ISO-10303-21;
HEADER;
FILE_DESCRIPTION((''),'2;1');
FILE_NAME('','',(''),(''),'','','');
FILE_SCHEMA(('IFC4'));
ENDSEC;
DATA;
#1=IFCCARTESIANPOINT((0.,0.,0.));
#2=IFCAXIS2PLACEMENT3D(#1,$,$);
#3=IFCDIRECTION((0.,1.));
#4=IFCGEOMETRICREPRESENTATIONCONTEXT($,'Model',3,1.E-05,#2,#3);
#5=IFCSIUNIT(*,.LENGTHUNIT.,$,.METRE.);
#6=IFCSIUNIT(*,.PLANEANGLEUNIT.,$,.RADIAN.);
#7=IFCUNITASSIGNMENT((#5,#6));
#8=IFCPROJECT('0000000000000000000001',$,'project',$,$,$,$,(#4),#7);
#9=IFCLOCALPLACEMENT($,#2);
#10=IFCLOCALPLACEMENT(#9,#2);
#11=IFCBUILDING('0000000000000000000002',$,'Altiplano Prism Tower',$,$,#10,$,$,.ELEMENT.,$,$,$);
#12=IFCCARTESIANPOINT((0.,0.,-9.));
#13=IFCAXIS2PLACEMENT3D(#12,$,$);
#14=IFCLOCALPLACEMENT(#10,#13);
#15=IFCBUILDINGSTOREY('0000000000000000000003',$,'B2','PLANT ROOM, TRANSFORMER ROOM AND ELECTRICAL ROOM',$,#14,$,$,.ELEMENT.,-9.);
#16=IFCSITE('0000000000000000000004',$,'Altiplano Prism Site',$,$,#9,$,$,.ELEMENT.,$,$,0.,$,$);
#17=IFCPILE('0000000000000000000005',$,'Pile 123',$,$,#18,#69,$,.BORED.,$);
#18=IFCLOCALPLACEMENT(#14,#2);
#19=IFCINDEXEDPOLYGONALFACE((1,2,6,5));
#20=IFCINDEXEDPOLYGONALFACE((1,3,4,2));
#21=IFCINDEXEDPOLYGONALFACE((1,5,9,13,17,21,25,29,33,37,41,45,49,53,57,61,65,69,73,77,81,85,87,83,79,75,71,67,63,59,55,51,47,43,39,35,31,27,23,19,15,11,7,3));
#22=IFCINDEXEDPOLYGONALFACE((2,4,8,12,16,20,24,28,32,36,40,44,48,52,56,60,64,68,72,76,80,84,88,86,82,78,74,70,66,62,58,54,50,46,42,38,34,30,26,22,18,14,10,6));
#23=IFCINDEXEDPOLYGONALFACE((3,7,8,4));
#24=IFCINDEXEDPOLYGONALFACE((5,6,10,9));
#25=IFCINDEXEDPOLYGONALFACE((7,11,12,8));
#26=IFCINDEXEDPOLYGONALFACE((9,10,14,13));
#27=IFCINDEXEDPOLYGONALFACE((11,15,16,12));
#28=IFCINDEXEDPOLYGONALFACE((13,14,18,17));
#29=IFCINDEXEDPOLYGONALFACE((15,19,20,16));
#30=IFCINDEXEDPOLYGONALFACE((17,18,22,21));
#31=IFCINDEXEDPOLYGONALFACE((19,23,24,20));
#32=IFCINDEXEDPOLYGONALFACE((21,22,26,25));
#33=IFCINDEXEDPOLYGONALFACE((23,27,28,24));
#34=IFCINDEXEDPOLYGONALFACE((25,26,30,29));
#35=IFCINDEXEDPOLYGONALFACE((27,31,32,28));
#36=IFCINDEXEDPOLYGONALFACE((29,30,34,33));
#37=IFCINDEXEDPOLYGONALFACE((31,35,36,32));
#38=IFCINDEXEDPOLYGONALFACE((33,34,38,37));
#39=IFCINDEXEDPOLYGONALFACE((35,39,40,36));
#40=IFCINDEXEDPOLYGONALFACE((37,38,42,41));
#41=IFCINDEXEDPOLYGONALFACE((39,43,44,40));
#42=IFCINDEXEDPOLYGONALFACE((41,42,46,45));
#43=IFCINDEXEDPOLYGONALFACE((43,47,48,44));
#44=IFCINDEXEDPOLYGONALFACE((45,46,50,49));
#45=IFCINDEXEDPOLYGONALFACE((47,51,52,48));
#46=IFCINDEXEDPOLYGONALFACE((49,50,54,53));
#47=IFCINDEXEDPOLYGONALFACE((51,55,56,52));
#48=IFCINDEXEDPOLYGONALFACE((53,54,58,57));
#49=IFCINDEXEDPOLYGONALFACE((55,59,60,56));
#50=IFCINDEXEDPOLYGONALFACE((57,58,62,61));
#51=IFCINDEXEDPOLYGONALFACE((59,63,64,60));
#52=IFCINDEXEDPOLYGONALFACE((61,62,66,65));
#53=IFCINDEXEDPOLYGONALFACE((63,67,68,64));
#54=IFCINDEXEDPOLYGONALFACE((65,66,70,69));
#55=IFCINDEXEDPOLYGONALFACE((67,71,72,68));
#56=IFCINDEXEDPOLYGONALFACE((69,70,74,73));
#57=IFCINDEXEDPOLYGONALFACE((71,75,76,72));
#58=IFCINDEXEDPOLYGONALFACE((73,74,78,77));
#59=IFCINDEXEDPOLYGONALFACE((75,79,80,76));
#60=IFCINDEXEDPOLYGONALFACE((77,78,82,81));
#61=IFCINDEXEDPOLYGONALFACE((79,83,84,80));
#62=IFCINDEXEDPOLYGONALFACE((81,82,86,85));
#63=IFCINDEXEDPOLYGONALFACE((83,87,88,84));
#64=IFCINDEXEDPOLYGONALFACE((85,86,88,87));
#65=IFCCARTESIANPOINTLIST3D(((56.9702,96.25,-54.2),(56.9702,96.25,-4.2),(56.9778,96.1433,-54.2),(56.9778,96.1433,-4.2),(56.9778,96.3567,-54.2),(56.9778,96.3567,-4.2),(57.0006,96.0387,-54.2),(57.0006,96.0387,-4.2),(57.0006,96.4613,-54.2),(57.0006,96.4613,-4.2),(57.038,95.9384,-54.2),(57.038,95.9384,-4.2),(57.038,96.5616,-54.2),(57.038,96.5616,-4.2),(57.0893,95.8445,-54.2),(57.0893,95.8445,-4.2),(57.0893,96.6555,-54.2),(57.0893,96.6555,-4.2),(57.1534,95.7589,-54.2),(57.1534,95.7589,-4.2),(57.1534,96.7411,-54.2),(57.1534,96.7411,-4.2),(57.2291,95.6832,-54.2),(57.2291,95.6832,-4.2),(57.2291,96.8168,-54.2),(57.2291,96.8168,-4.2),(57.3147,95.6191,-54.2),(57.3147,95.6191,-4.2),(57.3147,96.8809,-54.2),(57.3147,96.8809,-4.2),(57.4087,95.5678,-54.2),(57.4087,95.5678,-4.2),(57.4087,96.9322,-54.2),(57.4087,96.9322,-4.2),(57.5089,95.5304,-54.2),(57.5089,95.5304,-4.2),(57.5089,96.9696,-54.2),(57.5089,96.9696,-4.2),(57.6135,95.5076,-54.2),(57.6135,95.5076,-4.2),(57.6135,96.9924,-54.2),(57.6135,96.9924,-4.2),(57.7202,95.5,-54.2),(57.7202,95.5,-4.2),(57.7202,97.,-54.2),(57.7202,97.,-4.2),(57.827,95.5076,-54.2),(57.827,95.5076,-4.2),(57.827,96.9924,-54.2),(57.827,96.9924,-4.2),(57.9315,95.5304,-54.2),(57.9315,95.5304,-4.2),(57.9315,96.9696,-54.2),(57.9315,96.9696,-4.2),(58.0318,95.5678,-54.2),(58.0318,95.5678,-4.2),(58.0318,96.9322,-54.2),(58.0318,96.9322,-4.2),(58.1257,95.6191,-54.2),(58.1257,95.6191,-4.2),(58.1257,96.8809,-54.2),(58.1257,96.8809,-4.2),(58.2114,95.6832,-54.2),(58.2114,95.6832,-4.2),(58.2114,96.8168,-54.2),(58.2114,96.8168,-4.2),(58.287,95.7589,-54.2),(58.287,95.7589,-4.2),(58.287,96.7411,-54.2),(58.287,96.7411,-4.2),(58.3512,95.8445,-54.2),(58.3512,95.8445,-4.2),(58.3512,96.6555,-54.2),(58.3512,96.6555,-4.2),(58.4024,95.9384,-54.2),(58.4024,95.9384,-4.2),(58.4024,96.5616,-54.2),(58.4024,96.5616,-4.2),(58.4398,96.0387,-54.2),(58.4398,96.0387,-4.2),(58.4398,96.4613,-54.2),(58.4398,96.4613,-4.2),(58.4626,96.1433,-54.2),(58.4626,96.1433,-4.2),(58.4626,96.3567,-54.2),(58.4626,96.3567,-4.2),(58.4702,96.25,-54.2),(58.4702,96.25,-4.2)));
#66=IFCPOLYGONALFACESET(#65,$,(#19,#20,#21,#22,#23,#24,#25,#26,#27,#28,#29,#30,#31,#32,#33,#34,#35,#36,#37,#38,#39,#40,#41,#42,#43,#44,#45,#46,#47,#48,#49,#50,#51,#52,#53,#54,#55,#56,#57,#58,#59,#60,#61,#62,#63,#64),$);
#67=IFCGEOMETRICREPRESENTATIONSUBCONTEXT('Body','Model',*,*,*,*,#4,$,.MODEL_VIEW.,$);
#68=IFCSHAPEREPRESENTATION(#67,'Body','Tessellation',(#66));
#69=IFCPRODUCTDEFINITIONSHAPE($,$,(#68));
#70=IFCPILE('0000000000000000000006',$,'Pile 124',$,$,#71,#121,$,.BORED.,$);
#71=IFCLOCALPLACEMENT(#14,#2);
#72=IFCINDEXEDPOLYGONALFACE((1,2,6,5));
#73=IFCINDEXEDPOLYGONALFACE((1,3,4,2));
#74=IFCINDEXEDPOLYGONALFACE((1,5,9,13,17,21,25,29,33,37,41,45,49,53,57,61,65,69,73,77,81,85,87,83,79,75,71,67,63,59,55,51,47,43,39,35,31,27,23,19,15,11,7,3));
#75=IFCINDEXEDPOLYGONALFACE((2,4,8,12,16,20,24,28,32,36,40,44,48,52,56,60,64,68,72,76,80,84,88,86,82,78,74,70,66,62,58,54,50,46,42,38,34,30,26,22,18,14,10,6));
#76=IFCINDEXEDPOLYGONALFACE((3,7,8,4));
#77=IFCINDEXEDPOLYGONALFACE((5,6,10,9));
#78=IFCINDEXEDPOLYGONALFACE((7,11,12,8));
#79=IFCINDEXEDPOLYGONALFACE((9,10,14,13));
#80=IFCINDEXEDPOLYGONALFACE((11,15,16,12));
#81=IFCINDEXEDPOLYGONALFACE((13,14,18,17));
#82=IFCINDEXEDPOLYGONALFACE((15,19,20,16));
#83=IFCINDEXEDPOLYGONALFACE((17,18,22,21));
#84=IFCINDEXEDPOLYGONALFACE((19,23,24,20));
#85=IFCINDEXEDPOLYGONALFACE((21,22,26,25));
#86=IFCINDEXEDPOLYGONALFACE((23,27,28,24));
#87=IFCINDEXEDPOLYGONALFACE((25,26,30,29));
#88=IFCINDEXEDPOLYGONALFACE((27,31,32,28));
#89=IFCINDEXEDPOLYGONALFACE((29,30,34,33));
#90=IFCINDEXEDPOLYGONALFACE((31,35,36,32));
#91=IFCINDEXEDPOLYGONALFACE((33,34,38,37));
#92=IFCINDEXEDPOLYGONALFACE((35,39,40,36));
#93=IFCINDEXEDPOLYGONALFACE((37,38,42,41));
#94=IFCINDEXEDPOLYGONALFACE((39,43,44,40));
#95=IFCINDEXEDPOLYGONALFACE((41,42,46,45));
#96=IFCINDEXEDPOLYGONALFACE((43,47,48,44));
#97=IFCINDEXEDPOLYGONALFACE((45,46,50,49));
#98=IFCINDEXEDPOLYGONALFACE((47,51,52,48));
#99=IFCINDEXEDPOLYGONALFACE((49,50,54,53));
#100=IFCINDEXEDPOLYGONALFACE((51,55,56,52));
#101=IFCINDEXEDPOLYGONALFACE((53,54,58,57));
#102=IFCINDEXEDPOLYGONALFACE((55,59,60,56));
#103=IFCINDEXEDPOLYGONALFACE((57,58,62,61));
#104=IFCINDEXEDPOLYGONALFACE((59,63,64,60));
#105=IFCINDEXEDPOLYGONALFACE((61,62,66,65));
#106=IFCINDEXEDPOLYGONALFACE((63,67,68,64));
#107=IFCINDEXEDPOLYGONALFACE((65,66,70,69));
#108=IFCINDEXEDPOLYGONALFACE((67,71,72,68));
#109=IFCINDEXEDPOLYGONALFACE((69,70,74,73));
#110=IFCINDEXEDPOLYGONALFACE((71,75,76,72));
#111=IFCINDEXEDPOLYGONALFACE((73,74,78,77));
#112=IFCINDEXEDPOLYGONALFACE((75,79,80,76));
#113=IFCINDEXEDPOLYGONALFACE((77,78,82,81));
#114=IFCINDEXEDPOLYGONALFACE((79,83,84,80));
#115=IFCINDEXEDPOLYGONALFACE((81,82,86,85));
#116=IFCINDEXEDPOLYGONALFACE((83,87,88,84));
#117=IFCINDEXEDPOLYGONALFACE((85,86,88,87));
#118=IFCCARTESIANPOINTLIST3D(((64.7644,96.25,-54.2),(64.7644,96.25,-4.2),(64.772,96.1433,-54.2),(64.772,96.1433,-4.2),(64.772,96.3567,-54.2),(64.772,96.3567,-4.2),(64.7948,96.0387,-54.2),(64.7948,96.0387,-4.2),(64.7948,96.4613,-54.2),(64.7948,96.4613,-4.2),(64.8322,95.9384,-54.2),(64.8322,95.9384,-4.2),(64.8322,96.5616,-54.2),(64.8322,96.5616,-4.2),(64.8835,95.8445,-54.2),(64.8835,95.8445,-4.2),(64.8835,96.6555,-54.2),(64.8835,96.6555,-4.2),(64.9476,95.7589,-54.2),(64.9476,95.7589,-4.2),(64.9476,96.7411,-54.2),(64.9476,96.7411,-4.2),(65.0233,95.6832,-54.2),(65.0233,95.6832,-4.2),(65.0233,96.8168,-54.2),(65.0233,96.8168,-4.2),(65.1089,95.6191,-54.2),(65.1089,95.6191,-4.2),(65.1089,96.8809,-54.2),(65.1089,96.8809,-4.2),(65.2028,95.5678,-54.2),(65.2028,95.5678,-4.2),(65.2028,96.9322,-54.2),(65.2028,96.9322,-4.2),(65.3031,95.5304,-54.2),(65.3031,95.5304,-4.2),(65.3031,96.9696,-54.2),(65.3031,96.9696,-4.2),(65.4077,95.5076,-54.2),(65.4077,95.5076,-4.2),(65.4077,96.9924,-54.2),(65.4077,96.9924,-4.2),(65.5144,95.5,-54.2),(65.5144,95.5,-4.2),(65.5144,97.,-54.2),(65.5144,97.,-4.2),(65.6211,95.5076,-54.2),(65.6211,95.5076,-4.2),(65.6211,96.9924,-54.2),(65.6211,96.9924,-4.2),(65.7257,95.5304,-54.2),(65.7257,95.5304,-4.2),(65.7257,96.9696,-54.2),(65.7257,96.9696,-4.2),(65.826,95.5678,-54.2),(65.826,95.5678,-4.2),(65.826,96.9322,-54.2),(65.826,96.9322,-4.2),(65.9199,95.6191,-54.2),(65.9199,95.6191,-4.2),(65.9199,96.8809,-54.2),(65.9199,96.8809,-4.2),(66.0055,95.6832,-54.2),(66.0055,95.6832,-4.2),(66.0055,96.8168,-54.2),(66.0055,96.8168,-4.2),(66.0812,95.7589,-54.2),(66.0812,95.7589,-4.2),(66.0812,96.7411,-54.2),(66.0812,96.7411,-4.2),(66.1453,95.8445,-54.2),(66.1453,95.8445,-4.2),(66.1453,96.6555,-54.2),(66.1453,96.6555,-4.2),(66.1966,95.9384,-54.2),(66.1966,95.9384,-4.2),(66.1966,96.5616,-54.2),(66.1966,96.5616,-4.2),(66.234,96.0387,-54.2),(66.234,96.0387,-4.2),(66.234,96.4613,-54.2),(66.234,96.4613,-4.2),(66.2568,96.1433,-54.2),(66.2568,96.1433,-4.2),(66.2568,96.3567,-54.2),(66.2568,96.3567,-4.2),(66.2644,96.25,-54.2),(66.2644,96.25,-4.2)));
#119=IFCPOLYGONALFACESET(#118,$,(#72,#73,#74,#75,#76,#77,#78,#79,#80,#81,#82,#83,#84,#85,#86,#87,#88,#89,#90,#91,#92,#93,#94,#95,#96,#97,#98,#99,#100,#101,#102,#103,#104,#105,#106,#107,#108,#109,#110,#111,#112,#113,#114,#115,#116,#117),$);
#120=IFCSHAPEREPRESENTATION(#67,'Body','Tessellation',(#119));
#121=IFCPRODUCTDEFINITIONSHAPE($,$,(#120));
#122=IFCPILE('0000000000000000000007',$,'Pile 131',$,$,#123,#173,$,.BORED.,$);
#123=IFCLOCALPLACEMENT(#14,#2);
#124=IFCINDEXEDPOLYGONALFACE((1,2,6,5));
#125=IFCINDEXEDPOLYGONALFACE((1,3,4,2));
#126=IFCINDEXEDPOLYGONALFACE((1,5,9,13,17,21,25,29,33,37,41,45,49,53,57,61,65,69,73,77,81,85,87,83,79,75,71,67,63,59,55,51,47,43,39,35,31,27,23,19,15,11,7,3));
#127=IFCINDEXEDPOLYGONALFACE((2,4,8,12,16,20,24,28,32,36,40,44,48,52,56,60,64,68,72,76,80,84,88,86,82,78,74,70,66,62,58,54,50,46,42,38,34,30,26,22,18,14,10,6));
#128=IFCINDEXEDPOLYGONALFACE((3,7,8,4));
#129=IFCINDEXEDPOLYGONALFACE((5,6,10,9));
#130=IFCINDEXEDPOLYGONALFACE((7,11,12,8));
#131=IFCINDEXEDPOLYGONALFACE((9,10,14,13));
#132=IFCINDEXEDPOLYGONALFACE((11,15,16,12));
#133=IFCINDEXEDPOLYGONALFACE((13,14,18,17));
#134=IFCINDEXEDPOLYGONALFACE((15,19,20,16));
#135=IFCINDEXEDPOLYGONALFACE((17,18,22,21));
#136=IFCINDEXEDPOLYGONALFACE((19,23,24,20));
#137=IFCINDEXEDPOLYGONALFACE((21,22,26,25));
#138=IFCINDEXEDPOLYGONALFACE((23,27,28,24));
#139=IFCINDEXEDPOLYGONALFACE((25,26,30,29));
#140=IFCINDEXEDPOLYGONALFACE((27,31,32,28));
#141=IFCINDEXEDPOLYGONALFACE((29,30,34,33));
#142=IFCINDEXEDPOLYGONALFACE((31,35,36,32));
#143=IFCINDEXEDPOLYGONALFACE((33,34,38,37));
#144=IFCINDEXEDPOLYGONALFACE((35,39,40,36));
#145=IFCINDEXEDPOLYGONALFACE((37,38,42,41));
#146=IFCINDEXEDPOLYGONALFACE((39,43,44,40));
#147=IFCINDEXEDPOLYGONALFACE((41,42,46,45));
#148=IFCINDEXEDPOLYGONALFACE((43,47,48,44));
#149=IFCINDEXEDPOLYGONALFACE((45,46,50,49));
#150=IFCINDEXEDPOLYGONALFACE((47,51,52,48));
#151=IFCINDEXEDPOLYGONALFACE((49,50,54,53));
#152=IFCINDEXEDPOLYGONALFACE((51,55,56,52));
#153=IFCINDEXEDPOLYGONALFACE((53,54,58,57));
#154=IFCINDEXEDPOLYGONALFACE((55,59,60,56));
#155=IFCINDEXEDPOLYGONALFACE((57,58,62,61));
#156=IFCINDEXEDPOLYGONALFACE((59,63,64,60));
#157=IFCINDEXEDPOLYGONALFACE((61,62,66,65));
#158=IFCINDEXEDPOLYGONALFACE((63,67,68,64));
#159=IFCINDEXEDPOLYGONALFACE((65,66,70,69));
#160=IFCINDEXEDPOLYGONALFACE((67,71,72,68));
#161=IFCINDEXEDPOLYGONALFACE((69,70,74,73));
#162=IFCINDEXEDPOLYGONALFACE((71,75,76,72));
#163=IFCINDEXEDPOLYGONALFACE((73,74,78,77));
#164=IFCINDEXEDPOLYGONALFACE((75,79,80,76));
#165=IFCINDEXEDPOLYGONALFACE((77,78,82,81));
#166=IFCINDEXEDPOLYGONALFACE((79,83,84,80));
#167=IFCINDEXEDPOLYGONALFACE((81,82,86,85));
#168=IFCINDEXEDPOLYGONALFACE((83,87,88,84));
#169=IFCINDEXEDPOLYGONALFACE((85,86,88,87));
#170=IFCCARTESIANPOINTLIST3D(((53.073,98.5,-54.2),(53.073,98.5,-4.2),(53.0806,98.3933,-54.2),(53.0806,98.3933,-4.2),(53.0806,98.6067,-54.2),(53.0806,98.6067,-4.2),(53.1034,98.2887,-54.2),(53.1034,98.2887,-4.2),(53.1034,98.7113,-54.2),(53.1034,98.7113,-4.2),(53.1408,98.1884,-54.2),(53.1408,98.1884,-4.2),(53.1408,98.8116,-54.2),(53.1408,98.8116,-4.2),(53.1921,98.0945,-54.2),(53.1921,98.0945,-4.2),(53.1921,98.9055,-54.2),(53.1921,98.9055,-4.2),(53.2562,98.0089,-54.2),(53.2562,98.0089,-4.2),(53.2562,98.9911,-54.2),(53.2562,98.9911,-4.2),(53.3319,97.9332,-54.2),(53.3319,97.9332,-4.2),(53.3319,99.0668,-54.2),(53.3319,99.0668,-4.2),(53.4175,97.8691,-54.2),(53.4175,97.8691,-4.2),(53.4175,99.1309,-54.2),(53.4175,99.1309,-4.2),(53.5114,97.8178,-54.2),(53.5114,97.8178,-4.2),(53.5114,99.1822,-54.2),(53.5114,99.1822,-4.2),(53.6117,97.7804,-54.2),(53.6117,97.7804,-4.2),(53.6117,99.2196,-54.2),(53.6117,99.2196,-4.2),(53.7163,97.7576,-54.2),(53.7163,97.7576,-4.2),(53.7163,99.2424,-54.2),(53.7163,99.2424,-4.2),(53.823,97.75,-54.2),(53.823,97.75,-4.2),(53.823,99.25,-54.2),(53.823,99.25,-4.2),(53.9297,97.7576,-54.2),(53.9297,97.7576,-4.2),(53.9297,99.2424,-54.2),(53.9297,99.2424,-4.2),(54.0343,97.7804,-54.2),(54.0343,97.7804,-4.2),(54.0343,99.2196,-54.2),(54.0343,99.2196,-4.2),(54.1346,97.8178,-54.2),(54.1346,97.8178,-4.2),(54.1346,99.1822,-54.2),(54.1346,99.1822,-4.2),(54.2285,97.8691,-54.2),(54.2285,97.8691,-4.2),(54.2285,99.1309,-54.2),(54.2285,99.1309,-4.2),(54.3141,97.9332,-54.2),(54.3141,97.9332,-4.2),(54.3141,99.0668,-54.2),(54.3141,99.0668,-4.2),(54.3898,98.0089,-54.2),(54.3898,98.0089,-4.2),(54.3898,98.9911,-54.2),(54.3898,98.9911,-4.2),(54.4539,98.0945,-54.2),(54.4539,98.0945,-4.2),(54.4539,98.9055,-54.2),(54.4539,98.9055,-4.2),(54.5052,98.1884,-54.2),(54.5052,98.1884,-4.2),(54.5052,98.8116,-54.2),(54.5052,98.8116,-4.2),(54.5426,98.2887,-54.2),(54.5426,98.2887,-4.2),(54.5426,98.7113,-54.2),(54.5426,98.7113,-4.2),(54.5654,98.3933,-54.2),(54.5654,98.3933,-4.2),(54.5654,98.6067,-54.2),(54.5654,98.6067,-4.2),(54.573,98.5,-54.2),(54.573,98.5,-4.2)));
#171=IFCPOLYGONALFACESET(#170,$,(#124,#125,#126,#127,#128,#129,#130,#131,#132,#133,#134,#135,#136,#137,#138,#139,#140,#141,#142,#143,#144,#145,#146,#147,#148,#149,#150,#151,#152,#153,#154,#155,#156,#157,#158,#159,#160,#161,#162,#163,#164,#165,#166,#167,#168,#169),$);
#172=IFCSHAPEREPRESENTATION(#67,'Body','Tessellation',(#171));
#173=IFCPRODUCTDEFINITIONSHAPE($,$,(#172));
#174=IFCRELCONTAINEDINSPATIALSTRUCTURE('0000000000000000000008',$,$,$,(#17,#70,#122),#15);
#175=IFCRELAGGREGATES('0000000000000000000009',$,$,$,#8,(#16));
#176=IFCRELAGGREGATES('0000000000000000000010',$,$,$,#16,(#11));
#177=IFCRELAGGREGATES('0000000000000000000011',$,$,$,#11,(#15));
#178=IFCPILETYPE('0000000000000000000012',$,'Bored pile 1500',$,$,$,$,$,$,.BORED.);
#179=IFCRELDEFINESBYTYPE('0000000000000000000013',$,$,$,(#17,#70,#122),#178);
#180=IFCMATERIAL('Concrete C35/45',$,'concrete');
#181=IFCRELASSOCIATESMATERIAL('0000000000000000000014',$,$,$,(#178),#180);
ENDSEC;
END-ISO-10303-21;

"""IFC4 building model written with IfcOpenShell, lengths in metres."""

from ifc_helpers import new_model, si_unit, direction, frame, origin, origin_2d, place, context, subcontext, project, spatial, circle, extrude, material, material_profile, profile_set, type_object, element, save


model = new_model("IFC4")

# Units and contexts
model_context = context("Model", 3, precision=1e-05, world=origin(), true_north=direction((0.0, 1.0)))
body_context = subcontext(model_context, "Body", "Model", "MODEL_VIEW")
ifc_project = project(units=[si_unit("LENGTHUNIT", "METRE"), si_unit("PLANEANGLEUNIT", "RADIAN")], contexts=[model_context])

# Site, building, storey
site_placement = place(None, origin())
site = spatial("IfcSite", under=ifc_project, at=site_placement, Name="Altiplano Prism Site", CompositionType="ELEMENT", RefElevation=0.0)
building_placement = place(site_placement, origin())
building = spatial("IfcBuilding", under=site, at=building_placement, Name="Altiplano Prism Tower", CompositionType="ELEMENT")
storey_placement = place(building_placement, frame((0.0, 0.0, -9.0)))
storey = spatial("IfcBuildingStorey", under=building, at=storey_placement, Name="B2", Description="PLANT ROOM, TRANSFORMER ROOM AND ELECTRICAL ROOM", CompositionType="ELEMENT", Elevation=-9.0)

# Piles
ifc_material_1 = material(Name="Concrete C35/45", Category="concrete")
ifc_material_profile_1 = material_profile(ifc_material_1, circle(Radius=0.75, at=origin_2d()), Name="Bored pile 1500")
ifc_profile_set_1 = profile_set([ifc_material_profile_1], Name="Concrete C35/45")
pile_type = type_object("IfcPileType", Name="Bored pile 1500", PredefinedType="BORED", material=ifc_profile_set_1)
for number, where, z_axis, x_axis, name in (
    (1, (57.7202, 96.25, -4.2), (0.0, 0.0, -1.0), (1.0, 0.0, 0.0), "Pile 123"),
    (2, (65.5144, 96.25, -4.2), (0.0, 0.0, -1.0), (1.0, 0.0, 0.0), "Pile 124"),
    (3, (53.823, 98.5, -4.2), (0.0, 0.0, -1.0), (1.0, 0.0, 0.0), "Pile 131"),
):
    element("IfcPile", number, at=place(storey_placement, frame(where, z_axis=z_axis, x_axis=x_axis)), inside=storey, type_object=pile_type, Name=name, PredefinedType="BORED", context=body_context, shape_type="SweptSolid", body=[
        extrude(circle(Radius=0.75, at=origin_2d()), origin(), (0.0, 0.0, 1.0), 50.0),
    ])

save(model, "model.ifc")
